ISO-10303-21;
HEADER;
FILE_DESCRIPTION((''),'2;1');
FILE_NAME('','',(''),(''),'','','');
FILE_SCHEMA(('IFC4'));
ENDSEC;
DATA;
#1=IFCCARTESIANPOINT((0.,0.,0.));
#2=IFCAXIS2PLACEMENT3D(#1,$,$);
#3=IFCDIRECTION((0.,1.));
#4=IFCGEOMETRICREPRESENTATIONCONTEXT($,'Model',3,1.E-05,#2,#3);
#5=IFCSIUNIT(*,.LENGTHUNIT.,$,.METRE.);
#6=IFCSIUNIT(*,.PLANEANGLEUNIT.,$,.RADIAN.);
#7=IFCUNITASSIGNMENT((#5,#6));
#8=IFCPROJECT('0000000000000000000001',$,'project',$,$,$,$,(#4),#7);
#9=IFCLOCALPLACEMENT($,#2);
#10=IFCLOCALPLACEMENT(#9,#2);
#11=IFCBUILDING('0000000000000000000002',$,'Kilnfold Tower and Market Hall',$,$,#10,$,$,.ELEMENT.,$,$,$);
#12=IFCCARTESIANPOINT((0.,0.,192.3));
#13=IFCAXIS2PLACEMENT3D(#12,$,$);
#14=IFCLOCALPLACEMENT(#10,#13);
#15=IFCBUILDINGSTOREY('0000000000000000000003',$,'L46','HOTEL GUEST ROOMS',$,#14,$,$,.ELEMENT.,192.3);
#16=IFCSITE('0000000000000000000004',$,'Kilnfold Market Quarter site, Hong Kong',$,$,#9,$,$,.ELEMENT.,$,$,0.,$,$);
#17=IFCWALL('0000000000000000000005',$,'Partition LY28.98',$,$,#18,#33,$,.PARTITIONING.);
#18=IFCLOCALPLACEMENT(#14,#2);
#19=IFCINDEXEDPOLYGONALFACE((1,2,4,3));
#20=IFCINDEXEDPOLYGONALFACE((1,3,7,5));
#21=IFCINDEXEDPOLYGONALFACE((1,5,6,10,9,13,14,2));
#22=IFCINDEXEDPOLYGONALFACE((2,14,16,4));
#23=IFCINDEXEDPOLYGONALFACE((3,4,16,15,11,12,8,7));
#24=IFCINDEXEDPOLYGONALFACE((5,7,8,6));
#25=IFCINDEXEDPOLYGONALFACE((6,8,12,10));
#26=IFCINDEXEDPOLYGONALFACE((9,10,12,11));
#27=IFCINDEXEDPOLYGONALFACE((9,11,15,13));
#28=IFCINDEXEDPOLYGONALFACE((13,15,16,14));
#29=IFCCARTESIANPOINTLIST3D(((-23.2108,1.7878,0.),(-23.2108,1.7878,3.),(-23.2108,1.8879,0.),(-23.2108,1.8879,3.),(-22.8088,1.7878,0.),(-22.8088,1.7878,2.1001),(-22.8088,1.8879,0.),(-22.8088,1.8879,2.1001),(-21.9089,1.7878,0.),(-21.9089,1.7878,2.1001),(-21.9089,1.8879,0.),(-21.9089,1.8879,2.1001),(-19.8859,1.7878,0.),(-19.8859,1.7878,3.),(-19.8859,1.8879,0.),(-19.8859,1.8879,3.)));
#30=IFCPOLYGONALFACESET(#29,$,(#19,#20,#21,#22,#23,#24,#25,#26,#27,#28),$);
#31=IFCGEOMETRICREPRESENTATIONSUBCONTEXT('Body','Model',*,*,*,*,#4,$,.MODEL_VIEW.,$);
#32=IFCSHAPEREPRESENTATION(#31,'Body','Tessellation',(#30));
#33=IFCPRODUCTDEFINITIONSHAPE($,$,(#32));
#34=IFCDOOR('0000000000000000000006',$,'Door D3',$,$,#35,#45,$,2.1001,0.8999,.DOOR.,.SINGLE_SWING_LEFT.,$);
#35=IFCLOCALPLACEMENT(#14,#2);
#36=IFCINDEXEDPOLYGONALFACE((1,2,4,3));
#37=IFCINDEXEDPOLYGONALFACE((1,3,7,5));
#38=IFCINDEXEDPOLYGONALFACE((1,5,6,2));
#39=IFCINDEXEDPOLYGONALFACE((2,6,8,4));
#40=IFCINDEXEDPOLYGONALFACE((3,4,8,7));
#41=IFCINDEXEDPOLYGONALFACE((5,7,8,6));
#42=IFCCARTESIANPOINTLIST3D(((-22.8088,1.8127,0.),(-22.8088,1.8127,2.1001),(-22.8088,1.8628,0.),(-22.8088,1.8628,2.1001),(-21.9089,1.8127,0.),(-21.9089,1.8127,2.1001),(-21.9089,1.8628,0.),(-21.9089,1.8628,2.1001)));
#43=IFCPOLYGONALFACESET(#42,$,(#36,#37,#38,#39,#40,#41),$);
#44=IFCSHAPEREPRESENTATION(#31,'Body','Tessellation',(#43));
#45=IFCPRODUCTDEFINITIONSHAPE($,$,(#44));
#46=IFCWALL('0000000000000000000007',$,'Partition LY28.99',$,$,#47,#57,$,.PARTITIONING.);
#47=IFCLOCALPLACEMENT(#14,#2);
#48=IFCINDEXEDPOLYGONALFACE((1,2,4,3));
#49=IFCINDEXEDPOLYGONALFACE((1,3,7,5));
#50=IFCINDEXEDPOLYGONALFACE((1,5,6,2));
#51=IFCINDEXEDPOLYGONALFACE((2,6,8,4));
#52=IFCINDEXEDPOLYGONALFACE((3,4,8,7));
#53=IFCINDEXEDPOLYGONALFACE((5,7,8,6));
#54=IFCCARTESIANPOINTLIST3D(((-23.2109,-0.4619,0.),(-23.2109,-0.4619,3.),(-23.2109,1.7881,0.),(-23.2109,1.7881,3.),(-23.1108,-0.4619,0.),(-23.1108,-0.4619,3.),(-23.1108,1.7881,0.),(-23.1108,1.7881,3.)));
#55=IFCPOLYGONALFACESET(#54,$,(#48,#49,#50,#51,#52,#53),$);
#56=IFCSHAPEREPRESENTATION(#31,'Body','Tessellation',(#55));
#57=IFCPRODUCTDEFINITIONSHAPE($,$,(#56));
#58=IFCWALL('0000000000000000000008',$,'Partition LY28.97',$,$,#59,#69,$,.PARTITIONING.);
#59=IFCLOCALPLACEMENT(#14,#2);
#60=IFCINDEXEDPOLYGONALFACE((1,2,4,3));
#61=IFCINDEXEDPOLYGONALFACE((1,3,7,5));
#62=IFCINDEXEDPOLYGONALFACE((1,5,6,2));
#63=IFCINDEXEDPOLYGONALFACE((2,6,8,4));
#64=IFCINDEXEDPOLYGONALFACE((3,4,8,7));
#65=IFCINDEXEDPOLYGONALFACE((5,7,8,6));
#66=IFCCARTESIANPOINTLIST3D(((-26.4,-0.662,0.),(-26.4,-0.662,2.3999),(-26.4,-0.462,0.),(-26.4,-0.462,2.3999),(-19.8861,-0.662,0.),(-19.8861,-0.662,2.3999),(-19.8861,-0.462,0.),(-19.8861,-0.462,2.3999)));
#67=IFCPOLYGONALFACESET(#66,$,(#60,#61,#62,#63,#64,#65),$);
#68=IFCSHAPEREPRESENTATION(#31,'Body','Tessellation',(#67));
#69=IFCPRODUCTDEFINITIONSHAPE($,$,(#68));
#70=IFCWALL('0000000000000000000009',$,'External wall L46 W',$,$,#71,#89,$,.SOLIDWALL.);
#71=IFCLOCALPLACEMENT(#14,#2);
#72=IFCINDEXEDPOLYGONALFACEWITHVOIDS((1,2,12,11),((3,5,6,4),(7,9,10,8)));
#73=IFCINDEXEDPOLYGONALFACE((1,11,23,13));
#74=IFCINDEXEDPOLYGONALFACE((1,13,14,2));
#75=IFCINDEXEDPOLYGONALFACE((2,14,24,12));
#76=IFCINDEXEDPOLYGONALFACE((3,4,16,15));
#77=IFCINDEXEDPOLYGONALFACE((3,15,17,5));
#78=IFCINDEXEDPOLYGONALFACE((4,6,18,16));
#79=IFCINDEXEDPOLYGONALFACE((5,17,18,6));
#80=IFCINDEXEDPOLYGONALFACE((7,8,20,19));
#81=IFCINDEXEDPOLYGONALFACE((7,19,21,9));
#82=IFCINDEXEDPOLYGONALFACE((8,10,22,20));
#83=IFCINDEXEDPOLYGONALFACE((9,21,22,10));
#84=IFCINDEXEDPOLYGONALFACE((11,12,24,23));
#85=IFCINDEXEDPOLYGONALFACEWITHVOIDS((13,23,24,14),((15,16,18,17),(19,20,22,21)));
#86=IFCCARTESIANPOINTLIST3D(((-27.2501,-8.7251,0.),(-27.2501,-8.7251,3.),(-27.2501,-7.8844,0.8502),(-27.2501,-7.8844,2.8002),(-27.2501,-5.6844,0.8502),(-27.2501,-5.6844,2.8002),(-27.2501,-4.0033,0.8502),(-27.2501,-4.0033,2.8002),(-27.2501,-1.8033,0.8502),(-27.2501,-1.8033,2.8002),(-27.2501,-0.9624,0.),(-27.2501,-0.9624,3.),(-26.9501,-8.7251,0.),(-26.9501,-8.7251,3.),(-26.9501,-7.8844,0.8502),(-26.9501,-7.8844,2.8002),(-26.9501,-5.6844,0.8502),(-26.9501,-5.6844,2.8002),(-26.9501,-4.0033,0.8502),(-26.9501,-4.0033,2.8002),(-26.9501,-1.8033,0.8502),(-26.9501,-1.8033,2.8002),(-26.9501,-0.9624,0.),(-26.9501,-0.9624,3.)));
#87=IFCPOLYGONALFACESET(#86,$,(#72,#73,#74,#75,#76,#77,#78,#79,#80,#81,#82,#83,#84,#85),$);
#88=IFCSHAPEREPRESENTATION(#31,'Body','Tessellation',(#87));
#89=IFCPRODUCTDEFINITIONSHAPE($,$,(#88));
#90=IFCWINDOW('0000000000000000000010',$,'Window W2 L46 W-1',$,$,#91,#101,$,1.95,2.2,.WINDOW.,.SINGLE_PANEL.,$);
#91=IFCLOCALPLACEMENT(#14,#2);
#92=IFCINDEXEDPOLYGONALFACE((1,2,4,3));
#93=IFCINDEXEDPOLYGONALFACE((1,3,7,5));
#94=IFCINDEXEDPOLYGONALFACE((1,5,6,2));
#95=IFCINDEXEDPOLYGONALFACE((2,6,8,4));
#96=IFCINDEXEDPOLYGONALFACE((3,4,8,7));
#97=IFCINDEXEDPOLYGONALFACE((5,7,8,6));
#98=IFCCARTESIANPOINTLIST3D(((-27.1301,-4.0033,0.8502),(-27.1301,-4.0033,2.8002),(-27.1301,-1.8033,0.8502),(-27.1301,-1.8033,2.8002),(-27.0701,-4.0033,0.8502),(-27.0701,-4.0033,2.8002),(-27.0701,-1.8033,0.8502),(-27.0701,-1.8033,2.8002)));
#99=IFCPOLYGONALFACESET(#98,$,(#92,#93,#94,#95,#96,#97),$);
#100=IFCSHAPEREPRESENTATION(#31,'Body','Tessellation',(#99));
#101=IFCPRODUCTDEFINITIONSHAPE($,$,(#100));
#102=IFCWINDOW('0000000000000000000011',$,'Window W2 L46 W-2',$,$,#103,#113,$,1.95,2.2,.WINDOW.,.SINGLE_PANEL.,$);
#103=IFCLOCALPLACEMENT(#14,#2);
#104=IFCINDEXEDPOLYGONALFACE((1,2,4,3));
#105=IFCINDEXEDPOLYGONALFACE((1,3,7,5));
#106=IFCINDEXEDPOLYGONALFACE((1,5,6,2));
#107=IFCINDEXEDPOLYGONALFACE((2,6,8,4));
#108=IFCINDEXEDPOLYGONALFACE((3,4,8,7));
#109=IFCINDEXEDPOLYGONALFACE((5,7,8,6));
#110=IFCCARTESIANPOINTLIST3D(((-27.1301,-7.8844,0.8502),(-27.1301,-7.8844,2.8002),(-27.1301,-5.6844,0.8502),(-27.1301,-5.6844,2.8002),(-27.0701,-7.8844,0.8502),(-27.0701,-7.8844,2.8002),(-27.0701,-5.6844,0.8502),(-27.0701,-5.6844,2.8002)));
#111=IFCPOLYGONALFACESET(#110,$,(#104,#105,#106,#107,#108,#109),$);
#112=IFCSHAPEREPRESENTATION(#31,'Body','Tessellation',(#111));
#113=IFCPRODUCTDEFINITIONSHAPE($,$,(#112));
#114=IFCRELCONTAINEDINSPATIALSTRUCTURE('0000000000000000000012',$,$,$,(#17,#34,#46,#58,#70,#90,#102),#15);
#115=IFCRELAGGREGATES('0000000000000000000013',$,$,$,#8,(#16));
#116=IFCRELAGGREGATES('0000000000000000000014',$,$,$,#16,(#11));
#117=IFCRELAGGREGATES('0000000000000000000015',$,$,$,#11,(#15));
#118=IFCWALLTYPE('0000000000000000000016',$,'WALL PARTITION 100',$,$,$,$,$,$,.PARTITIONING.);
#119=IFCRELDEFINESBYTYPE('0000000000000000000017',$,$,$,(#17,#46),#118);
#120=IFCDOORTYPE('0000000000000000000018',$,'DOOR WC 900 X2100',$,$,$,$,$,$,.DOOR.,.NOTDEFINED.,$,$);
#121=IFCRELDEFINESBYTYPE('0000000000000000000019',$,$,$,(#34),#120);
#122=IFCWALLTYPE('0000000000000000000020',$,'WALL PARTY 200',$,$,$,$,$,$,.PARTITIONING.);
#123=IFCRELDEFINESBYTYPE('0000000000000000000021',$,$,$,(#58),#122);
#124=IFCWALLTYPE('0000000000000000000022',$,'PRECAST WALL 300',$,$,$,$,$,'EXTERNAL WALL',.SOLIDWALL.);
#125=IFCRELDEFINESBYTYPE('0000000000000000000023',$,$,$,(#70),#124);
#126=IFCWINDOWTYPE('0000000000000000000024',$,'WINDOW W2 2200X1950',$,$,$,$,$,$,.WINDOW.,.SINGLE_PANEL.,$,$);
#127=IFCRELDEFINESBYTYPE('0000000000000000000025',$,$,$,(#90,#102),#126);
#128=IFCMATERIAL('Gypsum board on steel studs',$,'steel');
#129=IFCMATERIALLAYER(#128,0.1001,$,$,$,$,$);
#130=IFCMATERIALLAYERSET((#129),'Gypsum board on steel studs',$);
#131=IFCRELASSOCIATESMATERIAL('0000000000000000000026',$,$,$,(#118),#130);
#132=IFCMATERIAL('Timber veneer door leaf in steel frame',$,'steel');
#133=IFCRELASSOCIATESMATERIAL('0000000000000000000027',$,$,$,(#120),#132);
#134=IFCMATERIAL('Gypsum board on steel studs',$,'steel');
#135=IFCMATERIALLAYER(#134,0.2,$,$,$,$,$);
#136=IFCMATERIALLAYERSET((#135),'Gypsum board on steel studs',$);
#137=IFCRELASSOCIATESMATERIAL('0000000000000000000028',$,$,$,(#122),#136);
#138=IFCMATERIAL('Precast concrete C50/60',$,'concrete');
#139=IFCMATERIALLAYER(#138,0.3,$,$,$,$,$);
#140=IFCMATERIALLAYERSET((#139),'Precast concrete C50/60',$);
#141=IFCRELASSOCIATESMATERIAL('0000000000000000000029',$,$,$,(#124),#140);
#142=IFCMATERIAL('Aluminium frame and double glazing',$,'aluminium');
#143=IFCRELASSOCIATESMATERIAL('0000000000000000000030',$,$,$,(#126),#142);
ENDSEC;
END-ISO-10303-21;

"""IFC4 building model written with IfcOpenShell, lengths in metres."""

from ifc_helpers import new_model, si_unit, direction, frame, frame_2d, origin, place, context, subcontext, project, spatial, rectangle, extrude, source, transform, mapped, material, layer, layer_set, type_object, element, fill, save


model = new_model("IFC4")

# Units and contexts
model_context = context("Model", 3, precision=1e-05, world=origin(), true_north=direction((0.0, 1.0)))
body_context = subcontext(model_context, "Body", "Model", "MODEL_VIEW")
ifc_project = project(units=[si_unit("LENGTHUNIT", "METRE"), si_unit("PLANEANGLEUNIT", "RADIAN")], contexts=[model_context])

# Site, building, storey
site_placement = place(None, origin())
site = spatial("IfcSite", under=ifc_project, at=site_placement, Name="Kilnfold Market Quarter site, Hong Kong", CompositionType="ELEMENT", RefElevation=0.0)
building_placement = place(site_placement, origin())
building = spatial("IfcBuilding", under=site, at=building_placement, Name="Kilnfold Tower and Market Hall", CompositionType="ELEMENT")
storey_placement = place(building_placement, frame((0.0, 0.0, 192.3)))
storey = spatial("IfcBuildingStorey", under=building, at=storey_placement, Name="L46", Description="HOTEL GUEST ROOMS", CompositionType="ELEMENT", Elevation=192.3)

# Shared definitions
ifc_material_1 = material(Name="Gypsum board on steel studs", Category="steel")
ifc_layer_1 = layer(ifc_material_1, 0.1001)
ifc_layer_set_1 = layer_set([ifc_layer_1], Name="Gypsum board on steel studs")
wall_type_1 = type_object("IfcWallType", Name="WALL PARTITION 100", PredefinedType="PARTITIONING", material=ifc_layer_set_1)
ifc_material_2 = material(Name="Timber veneer door leaf in steel frame", Category="steel")
door_type_1 = type_object("IfcDoorType", Name="DOOR WC 900 X2100", OperationType="NOTDEFINED", PredefinedType="DOOR", material=ifc_material_2)

# Wall, opening, door
wall_1_placement = place(storey_placement, frame((-23.2109, 1.8379, 0.0), z_axis=(0.0, 0.0, 1.0), x_axis=(1.0, 0.0, 0.0)))
wall_1 = element("IfcWall", 1, at=wall_1_placement, inside=storey, type_object=wall_type_1, Name="Partition LY28.98", PredefinedType="PARTITIONING", context=body_context, shape_type="SweptSolid", body=[
    extrude(rectangle(XDim=3.325, YDim=0.1001, at=frame_2d((1.6626, 0.0))), origin(), (0.0, 0.0, 1.0), 3.0),
])
opening_1_placement = place(wall_1_placement, frame((0.4021, 0.0, 0.0)))
opening_1 = element("IfcOpeningElement", 2, at=opening_1_placement, cuts=wall_1, PredefinedType="OPENING", context=body_context, shape_type="SweptSolid", body=[
    extrude(rectangle(XDim=0.8999, YDim=2.1001, at=frame_2d((0.45, 1.05))), frame((0.0, 0.0601, 0.0), z_axis=(0.0, -1.0, 0.0), x_axis=(1.0, 0.0, 0.0)), (0.0, 0.0, 1.0), 0.1201),
])
door_1_placement = place(opening_1_placement, origin())
door_1 = element("IfcDoor", 3, at=door_1_placement, inside=storey, type_object=door_type_1, Name="Door D3", OperationType="SINGLE_SWING_LEFT", OverallHeight=2.1001, OverallWidth=0.8999, PredefinedType="DOOR", context=body_context, shape_type="SweptSolid", body=[
    extrude(rectangle(XDim=0.8999, YDim=2.1001, at=frame_2d((0.45, 1.05))), frame((0.0, 0.0249, 0.0), z_axis=(0.0, -1.0, 0.0), x_axis=(1.0, 0.0, 0.0)), (0.0, 0.0, 1.0), 0.05),
])
fill(opening_1, door_1)

# Walls
wall_2_placement = place(storey_placement, frame((-23.1609, -0.4619, 0.0), z_axis=(0.0, 0.0, 1.0), x_axis=(0.0, 1.0, 0.0)))
element("IfcWall", 4, at=wall_2_placement, inside=storey, type_object=wall_type_1, Name="Partition LY28.99", PredefinedType="PARTITIONING", context=body_context, shape_type="SweptSolid", body=[
    extrude(rectangle(XDim=2.25, YDim=0.1001, at=frame_2d((1.125, 0.0))), origin(), (0.0, 0.0, 1.0), 3.0),
])
ifc_material_3 = material(Name="Gypsum board on steel studs", Category="steel")
ifc_layer_2 = layer(ifc_material_3, 0.2)
ifc_layer_set_2 = layer_set([ifc_layer_2], Name="Gypsum board on steel studs")
wall_type_2 = type_object("IfcWallType", Name="WALL PARTY 200", PredefinedType="PARTITIONING", material=ifc_layer_set_2)
wall_3_placement = place(storey_placement, frame((-26.3999, -0.562, 0.0), z_axis=(0.0, 0.0, 1.0), x_axis=(1.0, 0.0, 0.0)))
element("IfcWall", 5, at=wall_3_placement, inside=storey, type_object=wall_type_2, Name="Partition LY28.97", PredefinedType="PARTITIONING", context=body_context, shape_type="SweptSolid", body=[
    extrude(rectangle(XDim=6.5139, YDim=0.2, at=frame_2d((3.2568, 0.0))), origin(), (0.0, 0.0, 1.0), 2.3999),
])

# Wall, openings, windows
ifc_material_4 = material(Name="Precast concrete C50/60", Category="concrete")
ifc_layer_3 = layer(ifc_material_4, 0.3)
ifc_layer_set_3 = layer_set([ifc_layer_3], Name="Precast concrete C50/60")
wall_type_3 = type_object("IfcWallType", Name="PRECAST WALL 300", ElementType="EXTERNAL WALL", PredefinedType="SOLIDWALL", material=ifc_layer_set_3)
shared_shape_1 = source(origin(), body_context, "Body", "SweptSolid", [
    extrude(rectangle(XDim=7.7627, YDim=0.3, at=frame_2d((3.8813, 0.0))), origin(), (0.0, 0.0, 1.0), 3.0),
])
wall_4_placement = place(storey_placement, frame((-27.1001, -0.9624, 0.0), z_axis=(0.0, 0.0, 1.0), x_axis=(0.0, -1.0, 0.0)))
wall_4 = element("IfcWall", 6, at=wall_4_placement, inside=storey, type_object=wall_type_3, Name="External wall L46 W", PredefinedType="SOLIDWALL", context=body_context, shape_type="MappedRepresentation", body=[
    mapped(shared_shape_1, transform((0.0, 0.0, 0.0))),
])
opening_2_placement = place(wall_4_placement, frame((0.8408, 0.0, 0.8501)))
opening_2 = element("IfcOpeningElement", 7, at=opening_2_placement, cuts=wall_4, PredefinedType="OPENING", context=body_context, shape_type="SweptSolid", body=[
    extrude(rectangle(XDim=2.2, YDim=1.95, at=frame_2d((1.1001, 0.9751))), frame((0.0, 0.1602, 0.0), z_axis=(0.0, -1.0, 0.0), x_axis=(1.0, 0.0, 0.0)), (0.0, 0.0, 1.0), 0.3201),
])
opening_3_placement = place(wall_4_placement, frame((4.7219, 0.0, 0.8501)))
opening_3 = element("IfcOpeningElement", 8, at=opening_3_placement, cuts=wall_4, PredefinedType="OPENING", context=body_context, shape_type="SweptSolid", body=[
    extrude(rectangle(XDim=2.2, YDim=1.95, at=frame_2d((1.1001, 0.9751))), frame((0.0, 0.1602, 0.0), z_axis=(0.0, -1.0, 0.0), x_axis=(1.0, 0.0, 0.0)), (0.0, 0.0, 1.0), 0.3201),
])
ifc_material_5 = material(Name="Aluminium frame and double glazing", Category="aluminium")
window_type = type_object("IfcWindowType", Name="WINDOW W2 2200X1950", PartitioningType="SINGLE_PANEL", PredefinedType="WINDOW", material=ifc_material_5)
window_1_placement = place(opening_2_placement, origin())
window_1 = element("IfcWindow", 9, at=window_1_placement, inside=storey, type_object=window_type, Name="Window W2 L46 W-1", OverallHeight=1.95, OverallWidth=2.2, PartitioningType="SINGLE_PANEL", PredefinedType="WINDOW", context=body_context, shape_type="SweptSolid", body=[
    extrude(rectangle(XDim=2.2, YDim=1.95, at=frame_2d((1.1001, 0.9751))), frame((0.0, 0.03, 0.0), z_axis=(0.0, -1.0, 0.0), x_axis=(1.0, 0.0, 0.0)), (0.0, 0.0, 1.0), 0.0601),
])
fill(opening_2, window_1)
window_2_placement = place(opening_3_placement, origin())
window_2 = element("IfcWindow", 10, at=window_2_placement, inside=storey, type_object=window_type, Name="Window W2 L46 W-2", OverallHeight=1.95, OverallWidth=2.2, PartitioningType="SINGLE_PANEL", PredefinedType="WINDOW", context=body_context, shape_type="SweptSolid", body=[
    extrude(rectangle(XDim=2.2, YDim=1.95, at=frame_2d((1.1001, 0.9751))), frame((0.0, 0.03, 0.0), z_axis=(0.0, -1.0, 0.0), x_axis=(1.0, 0.0, 0.0)), (0.0, 0.0, 1.0), 0.0601),
])
fill(opening_3, window_2)

save(model, "model.ifc")
